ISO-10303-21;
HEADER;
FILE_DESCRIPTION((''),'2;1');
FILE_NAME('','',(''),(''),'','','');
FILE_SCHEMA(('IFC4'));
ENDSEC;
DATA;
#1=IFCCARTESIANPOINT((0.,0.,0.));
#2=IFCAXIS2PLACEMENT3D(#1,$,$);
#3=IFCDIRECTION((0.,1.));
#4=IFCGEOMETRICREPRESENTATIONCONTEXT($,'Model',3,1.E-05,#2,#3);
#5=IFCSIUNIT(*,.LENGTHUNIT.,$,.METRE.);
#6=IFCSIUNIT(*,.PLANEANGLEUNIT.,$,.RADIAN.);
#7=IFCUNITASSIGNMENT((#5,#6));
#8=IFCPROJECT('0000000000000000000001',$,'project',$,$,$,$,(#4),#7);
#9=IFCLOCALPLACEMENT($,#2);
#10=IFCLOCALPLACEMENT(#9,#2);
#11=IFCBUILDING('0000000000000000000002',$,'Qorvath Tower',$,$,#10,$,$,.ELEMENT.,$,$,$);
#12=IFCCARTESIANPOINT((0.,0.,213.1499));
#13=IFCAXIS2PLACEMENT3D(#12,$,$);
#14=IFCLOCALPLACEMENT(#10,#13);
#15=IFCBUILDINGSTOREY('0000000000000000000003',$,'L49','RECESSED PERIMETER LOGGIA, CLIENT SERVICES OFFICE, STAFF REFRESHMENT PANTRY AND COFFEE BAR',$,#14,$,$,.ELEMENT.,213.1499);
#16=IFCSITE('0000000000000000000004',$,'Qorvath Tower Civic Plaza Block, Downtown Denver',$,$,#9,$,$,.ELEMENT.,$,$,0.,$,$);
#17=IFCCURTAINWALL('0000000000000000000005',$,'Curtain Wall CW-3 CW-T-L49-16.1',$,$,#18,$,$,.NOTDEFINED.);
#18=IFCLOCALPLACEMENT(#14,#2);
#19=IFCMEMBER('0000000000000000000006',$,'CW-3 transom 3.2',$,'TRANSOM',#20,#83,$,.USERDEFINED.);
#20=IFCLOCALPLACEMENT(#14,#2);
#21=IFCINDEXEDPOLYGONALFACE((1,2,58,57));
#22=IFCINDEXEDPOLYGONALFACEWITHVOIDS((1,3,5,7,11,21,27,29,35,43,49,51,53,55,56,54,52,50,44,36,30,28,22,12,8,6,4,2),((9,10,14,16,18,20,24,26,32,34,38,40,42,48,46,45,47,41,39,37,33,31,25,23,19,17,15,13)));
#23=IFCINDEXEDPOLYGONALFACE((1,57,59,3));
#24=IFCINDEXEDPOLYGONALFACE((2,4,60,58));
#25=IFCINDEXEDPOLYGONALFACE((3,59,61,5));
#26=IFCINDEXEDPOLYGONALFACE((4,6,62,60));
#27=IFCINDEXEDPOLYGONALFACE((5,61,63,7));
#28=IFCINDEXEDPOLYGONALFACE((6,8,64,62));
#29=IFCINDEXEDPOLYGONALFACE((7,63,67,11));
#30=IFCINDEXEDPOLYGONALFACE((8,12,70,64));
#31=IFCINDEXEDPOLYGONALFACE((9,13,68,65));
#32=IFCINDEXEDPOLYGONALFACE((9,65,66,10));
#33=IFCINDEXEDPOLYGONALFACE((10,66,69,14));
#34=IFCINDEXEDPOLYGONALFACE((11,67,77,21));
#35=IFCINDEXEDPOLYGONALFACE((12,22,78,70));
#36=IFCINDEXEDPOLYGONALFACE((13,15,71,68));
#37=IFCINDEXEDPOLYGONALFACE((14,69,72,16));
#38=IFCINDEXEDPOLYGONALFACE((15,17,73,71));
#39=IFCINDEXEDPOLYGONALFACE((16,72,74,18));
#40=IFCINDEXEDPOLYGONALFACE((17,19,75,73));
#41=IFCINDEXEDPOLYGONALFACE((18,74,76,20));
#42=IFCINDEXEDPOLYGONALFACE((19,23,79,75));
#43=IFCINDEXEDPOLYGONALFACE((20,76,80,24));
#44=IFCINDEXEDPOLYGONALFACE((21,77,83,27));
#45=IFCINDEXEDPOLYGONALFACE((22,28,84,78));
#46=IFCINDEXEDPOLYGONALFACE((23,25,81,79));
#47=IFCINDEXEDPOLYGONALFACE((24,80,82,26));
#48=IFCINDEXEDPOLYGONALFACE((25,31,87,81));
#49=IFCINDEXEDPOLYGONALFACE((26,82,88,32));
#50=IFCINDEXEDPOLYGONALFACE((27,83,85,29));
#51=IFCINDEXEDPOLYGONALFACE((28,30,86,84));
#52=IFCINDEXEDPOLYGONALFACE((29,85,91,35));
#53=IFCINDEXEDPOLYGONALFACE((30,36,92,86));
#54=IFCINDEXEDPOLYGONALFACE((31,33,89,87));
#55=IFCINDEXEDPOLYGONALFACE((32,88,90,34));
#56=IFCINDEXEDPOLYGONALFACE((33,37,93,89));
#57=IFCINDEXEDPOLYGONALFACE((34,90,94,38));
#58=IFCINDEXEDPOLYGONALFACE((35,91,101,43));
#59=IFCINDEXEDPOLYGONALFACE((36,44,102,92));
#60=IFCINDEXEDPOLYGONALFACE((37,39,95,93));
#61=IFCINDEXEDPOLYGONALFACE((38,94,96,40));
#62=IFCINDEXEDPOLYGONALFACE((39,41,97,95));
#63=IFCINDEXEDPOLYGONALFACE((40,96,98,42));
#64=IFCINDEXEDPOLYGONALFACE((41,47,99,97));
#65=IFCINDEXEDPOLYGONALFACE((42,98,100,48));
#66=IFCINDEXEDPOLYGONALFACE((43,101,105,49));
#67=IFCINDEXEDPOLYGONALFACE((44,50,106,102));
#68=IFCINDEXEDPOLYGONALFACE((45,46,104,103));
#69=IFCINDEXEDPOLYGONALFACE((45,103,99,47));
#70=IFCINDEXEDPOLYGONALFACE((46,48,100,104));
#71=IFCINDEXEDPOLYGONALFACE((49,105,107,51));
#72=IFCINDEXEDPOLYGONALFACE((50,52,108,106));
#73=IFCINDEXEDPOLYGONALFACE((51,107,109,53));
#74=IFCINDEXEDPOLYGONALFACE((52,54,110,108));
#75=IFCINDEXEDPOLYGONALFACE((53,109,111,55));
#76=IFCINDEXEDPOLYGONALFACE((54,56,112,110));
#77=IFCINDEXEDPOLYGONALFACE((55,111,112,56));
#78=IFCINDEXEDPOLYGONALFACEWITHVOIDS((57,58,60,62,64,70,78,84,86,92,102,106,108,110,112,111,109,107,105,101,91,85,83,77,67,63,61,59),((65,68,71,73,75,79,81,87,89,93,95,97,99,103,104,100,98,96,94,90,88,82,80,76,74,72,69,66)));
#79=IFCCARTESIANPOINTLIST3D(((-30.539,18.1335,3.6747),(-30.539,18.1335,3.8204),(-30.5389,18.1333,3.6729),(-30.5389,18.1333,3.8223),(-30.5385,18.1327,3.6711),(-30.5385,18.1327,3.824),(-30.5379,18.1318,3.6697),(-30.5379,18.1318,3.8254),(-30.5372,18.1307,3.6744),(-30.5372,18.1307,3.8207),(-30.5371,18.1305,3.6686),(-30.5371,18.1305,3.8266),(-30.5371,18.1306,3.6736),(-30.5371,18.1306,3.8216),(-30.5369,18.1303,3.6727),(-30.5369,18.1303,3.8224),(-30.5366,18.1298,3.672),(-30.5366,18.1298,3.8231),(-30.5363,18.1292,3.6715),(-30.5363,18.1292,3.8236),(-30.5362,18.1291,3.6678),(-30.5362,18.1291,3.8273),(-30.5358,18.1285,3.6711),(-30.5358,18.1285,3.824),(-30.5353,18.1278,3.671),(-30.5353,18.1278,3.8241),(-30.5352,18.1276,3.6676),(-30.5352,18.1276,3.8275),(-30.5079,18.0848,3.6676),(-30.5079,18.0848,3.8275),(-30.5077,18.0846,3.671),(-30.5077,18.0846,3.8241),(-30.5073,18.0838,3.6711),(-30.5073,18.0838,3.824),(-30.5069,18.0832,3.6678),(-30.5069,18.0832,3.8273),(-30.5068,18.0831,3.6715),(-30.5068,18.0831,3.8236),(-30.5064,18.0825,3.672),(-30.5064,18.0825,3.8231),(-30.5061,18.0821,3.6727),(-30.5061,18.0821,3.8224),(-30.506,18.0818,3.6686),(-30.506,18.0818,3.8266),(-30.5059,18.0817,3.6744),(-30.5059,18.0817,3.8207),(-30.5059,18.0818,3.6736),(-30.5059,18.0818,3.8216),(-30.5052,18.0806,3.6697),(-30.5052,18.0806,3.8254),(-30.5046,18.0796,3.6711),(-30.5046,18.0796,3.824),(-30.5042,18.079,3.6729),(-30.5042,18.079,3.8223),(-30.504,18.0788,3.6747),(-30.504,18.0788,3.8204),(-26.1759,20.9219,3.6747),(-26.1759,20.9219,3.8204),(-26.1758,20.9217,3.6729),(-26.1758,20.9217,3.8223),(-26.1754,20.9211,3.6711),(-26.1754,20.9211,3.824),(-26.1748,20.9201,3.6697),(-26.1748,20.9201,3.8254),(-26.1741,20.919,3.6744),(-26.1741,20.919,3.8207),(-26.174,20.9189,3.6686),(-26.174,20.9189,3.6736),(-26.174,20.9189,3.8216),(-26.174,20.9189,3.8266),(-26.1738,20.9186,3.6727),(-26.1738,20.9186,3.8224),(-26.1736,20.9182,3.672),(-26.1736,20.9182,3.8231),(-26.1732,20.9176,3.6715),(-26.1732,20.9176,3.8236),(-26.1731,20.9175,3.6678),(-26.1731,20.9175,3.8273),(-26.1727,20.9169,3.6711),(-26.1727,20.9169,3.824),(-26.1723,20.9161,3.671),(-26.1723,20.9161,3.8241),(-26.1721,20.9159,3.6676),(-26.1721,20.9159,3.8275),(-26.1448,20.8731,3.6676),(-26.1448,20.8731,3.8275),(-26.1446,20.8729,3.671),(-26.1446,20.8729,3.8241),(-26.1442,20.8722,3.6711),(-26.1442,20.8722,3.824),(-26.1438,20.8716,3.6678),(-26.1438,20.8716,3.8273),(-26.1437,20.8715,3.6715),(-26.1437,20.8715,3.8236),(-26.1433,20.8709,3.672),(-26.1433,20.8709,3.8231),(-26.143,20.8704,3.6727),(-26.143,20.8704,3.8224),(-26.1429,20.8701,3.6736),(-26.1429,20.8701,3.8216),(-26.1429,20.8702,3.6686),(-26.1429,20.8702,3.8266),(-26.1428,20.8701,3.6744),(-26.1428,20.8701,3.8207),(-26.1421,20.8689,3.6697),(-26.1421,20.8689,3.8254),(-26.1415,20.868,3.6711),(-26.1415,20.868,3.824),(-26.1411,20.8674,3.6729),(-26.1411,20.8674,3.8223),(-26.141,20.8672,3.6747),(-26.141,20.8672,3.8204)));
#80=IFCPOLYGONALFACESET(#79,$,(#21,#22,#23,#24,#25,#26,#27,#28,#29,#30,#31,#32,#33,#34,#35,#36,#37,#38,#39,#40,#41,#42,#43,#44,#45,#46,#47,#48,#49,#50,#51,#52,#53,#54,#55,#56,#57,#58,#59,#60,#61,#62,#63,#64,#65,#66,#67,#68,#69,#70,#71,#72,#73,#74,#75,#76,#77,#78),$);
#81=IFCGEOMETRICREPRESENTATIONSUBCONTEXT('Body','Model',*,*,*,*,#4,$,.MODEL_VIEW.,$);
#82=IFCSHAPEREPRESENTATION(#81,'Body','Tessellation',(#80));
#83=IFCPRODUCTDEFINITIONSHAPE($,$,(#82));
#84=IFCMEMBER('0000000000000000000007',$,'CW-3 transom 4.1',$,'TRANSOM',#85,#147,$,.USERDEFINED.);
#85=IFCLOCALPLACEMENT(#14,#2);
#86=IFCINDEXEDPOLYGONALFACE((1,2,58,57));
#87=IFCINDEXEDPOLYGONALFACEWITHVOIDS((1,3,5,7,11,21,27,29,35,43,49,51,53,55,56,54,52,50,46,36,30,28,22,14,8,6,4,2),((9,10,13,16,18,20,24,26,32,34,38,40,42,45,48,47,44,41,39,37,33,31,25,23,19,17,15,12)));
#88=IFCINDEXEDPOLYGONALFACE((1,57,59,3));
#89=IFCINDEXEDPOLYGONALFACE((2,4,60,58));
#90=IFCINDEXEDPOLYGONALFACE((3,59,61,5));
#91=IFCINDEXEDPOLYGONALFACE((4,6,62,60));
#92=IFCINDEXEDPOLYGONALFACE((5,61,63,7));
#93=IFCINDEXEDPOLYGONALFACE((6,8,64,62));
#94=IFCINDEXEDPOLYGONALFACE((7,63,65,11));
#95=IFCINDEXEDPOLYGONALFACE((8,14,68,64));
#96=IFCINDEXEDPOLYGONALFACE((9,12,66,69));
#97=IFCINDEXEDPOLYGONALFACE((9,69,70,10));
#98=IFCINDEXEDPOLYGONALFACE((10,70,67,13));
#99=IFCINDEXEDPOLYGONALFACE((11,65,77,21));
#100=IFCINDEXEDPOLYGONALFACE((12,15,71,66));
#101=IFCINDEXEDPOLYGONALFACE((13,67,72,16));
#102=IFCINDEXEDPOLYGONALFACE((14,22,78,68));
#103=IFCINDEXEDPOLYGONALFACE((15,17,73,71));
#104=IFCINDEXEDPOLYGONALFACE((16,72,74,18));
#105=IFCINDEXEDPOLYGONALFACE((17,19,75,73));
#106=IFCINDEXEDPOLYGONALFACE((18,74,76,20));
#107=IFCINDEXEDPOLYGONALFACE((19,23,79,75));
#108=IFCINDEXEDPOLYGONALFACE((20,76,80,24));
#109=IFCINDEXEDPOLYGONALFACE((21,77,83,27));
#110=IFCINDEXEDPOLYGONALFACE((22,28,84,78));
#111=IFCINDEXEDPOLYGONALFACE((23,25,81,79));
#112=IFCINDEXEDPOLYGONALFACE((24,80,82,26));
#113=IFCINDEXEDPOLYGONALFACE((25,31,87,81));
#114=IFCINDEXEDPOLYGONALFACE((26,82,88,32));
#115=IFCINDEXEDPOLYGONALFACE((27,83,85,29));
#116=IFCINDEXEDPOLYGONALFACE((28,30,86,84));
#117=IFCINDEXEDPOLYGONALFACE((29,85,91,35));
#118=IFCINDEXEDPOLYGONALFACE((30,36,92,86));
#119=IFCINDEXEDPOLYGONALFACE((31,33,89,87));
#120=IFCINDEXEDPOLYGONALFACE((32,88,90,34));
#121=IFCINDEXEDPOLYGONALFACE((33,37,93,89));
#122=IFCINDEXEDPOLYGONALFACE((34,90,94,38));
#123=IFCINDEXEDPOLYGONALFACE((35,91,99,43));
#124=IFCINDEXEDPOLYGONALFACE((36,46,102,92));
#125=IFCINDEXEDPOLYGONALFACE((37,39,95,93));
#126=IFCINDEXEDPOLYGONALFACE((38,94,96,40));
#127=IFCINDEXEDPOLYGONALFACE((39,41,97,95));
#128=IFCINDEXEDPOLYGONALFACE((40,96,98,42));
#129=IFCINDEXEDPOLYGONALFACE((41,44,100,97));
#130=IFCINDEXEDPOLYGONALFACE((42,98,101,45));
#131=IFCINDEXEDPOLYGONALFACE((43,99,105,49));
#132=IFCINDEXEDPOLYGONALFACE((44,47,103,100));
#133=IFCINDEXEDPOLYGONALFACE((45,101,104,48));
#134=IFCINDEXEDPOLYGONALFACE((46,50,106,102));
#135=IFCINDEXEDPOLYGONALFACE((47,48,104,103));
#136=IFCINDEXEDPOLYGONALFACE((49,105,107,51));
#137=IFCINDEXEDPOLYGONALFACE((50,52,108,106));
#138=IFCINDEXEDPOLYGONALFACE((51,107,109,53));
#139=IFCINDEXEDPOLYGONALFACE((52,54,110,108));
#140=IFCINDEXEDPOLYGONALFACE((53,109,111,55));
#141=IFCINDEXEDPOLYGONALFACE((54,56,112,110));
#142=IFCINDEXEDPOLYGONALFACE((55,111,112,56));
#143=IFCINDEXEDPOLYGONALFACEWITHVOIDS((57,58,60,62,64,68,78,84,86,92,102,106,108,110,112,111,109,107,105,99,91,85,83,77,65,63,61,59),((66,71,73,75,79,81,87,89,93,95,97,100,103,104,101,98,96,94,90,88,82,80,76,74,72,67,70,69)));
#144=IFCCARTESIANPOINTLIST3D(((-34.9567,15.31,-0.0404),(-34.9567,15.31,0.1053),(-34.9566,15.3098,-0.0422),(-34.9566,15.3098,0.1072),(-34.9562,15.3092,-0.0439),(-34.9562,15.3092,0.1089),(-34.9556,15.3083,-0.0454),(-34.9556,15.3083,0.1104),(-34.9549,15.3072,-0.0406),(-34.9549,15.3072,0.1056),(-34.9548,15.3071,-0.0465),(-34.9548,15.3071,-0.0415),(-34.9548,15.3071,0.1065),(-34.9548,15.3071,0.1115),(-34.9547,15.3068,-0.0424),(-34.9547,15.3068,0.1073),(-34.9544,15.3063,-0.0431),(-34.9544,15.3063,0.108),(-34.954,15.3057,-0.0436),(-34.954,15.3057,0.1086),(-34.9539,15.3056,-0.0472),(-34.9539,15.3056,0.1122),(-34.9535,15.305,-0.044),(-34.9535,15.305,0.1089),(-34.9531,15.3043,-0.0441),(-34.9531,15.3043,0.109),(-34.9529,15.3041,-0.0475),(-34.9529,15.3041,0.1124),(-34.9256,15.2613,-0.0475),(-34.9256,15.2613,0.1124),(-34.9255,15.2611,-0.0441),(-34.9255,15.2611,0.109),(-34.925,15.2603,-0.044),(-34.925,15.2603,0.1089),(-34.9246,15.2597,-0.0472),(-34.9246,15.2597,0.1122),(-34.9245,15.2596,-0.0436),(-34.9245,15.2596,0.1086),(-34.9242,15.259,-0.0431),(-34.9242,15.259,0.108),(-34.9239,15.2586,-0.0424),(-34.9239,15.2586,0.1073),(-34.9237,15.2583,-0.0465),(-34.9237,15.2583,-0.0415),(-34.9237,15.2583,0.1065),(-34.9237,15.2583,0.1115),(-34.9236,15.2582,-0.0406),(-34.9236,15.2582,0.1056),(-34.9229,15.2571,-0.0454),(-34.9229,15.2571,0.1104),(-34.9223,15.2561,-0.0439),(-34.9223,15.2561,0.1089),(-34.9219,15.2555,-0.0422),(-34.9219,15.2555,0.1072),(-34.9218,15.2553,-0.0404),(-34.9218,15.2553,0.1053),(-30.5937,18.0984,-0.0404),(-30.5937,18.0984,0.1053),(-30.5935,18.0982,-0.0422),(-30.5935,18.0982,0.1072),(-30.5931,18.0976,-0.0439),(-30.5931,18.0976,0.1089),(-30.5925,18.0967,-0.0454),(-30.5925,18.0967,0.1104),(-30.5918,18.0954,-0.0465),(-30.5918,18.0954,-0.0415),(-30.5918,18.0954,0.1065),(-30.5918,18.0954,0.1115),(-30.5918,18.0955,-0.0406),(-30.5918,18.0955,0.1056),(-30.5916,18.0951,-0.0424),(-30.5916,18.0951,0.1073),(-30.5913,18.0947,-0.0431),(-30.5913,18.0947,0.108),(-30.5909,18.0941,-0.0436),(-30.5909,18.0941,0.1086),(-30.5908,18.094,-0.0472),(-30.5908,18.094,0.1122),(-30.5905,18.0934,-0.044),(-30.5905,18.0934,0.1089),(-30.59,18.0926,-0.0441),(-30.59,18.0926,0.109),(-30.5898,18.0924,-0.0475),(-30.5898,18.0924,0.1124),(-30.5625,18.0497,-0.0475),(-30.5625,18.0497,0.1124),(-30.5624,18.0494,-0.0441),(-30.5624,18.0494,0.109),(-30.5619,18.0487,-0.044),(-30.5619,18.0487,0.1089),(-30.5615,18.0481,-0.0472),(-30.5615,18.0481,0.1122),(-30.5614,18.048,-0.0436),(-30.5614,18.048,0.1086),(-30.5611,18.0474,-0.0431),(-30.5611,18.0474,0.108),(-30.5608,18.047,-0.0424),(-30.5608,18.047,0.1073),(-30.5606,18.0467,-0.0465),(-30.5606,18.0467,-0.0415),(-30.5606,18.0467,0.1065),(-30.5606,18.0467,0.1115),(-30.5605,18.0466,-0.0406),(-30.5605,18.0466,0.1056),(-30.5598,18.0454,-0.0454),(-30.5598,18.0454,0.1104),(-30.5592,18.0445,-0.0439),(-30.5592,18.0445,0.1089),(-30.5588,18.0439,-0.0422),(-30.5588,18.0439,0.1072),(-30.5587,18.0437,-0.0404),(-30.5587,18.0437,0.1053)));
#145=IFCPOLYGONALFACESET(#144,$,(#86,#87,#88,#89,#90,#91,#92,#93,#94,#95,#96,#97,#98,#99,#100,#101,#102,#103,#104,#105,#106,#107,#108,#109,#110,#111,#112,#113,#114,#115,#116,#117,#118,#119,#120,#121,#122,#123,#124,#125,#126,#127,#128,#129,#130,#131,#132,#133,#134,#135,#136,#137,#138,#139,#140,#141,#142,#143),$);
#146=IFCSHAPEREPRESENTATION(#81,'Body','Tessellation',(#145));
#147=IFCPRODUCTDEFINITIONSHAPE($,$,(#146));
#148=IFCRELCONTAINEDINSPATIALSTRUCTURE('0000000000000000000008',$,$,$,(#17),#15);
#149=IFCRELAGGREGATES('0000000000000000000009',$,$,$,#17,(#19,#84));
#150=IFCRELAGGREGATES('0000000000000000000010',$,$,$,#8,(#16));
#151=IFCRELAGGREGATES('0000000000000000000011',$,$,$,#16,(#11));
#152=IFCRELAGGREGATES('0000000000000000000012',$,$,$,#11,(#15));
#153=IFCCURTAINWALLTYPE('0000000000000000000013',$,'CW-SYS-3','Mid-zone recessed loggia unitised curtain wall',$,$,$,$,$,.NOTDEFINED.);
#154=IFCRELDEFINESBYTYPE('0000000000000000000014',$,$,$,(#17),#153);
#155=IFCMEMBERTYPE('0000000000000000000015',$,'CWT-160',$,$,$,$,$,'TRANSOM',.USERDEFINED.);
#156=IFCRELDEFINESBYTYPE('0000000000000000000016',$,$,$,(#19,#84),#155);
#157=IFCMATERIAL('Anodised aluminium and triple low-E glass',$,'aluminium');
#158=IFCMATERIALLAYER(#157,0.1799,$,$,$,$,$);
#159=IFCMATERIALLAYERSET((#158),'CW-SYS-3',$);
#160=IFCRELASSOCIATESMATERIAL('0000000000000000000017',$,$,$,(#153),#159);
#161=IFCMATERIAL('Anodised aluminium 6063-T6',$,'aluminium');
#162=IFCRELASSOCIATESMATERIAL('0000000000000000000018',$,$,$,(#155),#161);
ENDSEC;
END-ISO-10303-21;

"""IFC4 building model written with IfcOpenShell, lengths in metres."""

from ifc_helpers import new_model, si_unit, direction, frame, origin, origin_2d, place, context, subcontext, project, spatial, hollow_rectangle, extrude, material, layer, layer_set, material_profile, profile_set, type_object, element, aggregate, save


model = new_model("IFC4")

# Units and contexts
model_context = context("Model", 3, precision=1e-05, world=origin(), true_north=direction((0.0, 1.0)))
body_context = subcontext(model_context, "Body", "Model", "MODEL_VIEW")
ifc_project = project(units=[si_unit("LENGTHUNIT", "METRE"), si_unit("PLANEANGLEUNIT", "RADIAN")], contexts=[model_context])

# Site, building, storey
site_placement = place(None, origin())
site = spatial("IfcSite", under=ifc_project, at=site_placement, Name="Qorvath Tower Civic Plaza Block, Downtown Denver", CompositionType="ELEMENT", RefElevation=0.0)
building_placement = place(site_placement, origin())
building = spatial("IfcBuilding", under=site, at=building_placement, Name="Qorvath Tower", CompositionType="ELEMENT")
storey_placement = place(building_placement, frame((0.0, 0.0, 213.1499)))
storey = spatial("IfcBuildingStorey", under=building, at=storey_placement, Name="L49", Description="RECESSED PERIMETER LOGGIA, CLIENT SERVICES OFFICE, STAFF REFRESHMENT PANTRY AND COFFEE BAR", CompositionType="ELEMENT", Elevation=213.1499)

# Curtain wall, members
ifc_material_1 = material(Name="Anodised aluminium and triple low-E glass", Category="aluminium")
ifc_layer_1 = layer(ifc_material_1, 0.1799)
ifc_layer_set_1 = layer_set([ifc_layer_1], Name="CW-SYS-3")
curtain_wall_type = type_object("IfcCurtainWallType", Name="CW-SYS-3", Description="Mid-zone recessed loggia unitised curtain wall", PredefinedType="NOTDEFINED", material=ifc_layer_set_1)
curtain_wall_placement = place(storey_placement, origin())
curtain_wall = element("IfcCurtainWall", 1, at=curtain_wall_placement, inside=storey, type_object=curtain_wall_type, Name="Curtain Wall CW-3 CW-T-L49-16.1", PredefinedType="NOTDEFINED")
ifc_material_2 = material(Name="Anodised aluminium 6063-T6", Category="aluminium")
ifc_material_profile_1 = material_profile(ifc_material_2, hollow_rectangle(XDim=0.0649, YDim=0.1599, WallThickness=0.0034, InnerFilletRadius=0.0034, OuterFilletRadius=0.0071, at=origin_2d()), Name="CWT 160x65")
ifc_profile_set_1 = profile_set([ifc_material_profile_1], Name="Anodised aluminium 6063-T6")
member_type_1 = type_object("IfcMemberType", Name="CWT-160", ElementType="TRANSOM", PredefinedType="USERDEFINED", material=ifc_profile_set_1)
member_1_placement = place(storey_placement, frame((-26.1584, 20.8945, 3.7476), z_axis=(-0.842623, -0.538504, 0.0), x_axis=(0.538504, -0.842623, 0.0)))
member_1 = element("IfcMember", 2, at=member_1_placement, type_object=member_type_1, Name="CW-3 transom 3.2", ObjectType="TRANSOM", PredefinedType="USERDEFINED", context=body_context, shape_type="SweptSolid", body=[
    extrude(hollow_rectangle(XDim=0.0649, YDim=0.1599, WallThickness=0.0034, InnerFilletRadius=0.0034, OuterFilletRadius=0.0071, at=origin_2d()), origin(), (0.0, 0.0, 1.0), 5.178),
])
member_2_placement = place(storey_placement, frame((-30.5762, 18.071, 0.0325), z_axis=(-0.842623, -0.538504, 0.0), x_axis=(0.538504, -0.842623, 0.0)))
member_2 = element("IfcMember", 3, at=member_2_placement, type_object=member_type_1, Name="CW-3 transom 4.1", ObjectType="TRANSOM", PredefinedType="USERDEFINED", context=body_context, shape_type="SweptSolid", body=[
    extrude(hollow_rectangle(XDim=0.0649, YDim=0.1599, WallThickness=0.0034, InnerFilletRadius=0.0034, OuterFilletRadius=0.0071, at=origin_2d()), origin(), (0.0, 0.0, 1.0), 5.178),
])
aggregate(curtain_wall, [member_1, member_2])

save(model, "model.ifc")
